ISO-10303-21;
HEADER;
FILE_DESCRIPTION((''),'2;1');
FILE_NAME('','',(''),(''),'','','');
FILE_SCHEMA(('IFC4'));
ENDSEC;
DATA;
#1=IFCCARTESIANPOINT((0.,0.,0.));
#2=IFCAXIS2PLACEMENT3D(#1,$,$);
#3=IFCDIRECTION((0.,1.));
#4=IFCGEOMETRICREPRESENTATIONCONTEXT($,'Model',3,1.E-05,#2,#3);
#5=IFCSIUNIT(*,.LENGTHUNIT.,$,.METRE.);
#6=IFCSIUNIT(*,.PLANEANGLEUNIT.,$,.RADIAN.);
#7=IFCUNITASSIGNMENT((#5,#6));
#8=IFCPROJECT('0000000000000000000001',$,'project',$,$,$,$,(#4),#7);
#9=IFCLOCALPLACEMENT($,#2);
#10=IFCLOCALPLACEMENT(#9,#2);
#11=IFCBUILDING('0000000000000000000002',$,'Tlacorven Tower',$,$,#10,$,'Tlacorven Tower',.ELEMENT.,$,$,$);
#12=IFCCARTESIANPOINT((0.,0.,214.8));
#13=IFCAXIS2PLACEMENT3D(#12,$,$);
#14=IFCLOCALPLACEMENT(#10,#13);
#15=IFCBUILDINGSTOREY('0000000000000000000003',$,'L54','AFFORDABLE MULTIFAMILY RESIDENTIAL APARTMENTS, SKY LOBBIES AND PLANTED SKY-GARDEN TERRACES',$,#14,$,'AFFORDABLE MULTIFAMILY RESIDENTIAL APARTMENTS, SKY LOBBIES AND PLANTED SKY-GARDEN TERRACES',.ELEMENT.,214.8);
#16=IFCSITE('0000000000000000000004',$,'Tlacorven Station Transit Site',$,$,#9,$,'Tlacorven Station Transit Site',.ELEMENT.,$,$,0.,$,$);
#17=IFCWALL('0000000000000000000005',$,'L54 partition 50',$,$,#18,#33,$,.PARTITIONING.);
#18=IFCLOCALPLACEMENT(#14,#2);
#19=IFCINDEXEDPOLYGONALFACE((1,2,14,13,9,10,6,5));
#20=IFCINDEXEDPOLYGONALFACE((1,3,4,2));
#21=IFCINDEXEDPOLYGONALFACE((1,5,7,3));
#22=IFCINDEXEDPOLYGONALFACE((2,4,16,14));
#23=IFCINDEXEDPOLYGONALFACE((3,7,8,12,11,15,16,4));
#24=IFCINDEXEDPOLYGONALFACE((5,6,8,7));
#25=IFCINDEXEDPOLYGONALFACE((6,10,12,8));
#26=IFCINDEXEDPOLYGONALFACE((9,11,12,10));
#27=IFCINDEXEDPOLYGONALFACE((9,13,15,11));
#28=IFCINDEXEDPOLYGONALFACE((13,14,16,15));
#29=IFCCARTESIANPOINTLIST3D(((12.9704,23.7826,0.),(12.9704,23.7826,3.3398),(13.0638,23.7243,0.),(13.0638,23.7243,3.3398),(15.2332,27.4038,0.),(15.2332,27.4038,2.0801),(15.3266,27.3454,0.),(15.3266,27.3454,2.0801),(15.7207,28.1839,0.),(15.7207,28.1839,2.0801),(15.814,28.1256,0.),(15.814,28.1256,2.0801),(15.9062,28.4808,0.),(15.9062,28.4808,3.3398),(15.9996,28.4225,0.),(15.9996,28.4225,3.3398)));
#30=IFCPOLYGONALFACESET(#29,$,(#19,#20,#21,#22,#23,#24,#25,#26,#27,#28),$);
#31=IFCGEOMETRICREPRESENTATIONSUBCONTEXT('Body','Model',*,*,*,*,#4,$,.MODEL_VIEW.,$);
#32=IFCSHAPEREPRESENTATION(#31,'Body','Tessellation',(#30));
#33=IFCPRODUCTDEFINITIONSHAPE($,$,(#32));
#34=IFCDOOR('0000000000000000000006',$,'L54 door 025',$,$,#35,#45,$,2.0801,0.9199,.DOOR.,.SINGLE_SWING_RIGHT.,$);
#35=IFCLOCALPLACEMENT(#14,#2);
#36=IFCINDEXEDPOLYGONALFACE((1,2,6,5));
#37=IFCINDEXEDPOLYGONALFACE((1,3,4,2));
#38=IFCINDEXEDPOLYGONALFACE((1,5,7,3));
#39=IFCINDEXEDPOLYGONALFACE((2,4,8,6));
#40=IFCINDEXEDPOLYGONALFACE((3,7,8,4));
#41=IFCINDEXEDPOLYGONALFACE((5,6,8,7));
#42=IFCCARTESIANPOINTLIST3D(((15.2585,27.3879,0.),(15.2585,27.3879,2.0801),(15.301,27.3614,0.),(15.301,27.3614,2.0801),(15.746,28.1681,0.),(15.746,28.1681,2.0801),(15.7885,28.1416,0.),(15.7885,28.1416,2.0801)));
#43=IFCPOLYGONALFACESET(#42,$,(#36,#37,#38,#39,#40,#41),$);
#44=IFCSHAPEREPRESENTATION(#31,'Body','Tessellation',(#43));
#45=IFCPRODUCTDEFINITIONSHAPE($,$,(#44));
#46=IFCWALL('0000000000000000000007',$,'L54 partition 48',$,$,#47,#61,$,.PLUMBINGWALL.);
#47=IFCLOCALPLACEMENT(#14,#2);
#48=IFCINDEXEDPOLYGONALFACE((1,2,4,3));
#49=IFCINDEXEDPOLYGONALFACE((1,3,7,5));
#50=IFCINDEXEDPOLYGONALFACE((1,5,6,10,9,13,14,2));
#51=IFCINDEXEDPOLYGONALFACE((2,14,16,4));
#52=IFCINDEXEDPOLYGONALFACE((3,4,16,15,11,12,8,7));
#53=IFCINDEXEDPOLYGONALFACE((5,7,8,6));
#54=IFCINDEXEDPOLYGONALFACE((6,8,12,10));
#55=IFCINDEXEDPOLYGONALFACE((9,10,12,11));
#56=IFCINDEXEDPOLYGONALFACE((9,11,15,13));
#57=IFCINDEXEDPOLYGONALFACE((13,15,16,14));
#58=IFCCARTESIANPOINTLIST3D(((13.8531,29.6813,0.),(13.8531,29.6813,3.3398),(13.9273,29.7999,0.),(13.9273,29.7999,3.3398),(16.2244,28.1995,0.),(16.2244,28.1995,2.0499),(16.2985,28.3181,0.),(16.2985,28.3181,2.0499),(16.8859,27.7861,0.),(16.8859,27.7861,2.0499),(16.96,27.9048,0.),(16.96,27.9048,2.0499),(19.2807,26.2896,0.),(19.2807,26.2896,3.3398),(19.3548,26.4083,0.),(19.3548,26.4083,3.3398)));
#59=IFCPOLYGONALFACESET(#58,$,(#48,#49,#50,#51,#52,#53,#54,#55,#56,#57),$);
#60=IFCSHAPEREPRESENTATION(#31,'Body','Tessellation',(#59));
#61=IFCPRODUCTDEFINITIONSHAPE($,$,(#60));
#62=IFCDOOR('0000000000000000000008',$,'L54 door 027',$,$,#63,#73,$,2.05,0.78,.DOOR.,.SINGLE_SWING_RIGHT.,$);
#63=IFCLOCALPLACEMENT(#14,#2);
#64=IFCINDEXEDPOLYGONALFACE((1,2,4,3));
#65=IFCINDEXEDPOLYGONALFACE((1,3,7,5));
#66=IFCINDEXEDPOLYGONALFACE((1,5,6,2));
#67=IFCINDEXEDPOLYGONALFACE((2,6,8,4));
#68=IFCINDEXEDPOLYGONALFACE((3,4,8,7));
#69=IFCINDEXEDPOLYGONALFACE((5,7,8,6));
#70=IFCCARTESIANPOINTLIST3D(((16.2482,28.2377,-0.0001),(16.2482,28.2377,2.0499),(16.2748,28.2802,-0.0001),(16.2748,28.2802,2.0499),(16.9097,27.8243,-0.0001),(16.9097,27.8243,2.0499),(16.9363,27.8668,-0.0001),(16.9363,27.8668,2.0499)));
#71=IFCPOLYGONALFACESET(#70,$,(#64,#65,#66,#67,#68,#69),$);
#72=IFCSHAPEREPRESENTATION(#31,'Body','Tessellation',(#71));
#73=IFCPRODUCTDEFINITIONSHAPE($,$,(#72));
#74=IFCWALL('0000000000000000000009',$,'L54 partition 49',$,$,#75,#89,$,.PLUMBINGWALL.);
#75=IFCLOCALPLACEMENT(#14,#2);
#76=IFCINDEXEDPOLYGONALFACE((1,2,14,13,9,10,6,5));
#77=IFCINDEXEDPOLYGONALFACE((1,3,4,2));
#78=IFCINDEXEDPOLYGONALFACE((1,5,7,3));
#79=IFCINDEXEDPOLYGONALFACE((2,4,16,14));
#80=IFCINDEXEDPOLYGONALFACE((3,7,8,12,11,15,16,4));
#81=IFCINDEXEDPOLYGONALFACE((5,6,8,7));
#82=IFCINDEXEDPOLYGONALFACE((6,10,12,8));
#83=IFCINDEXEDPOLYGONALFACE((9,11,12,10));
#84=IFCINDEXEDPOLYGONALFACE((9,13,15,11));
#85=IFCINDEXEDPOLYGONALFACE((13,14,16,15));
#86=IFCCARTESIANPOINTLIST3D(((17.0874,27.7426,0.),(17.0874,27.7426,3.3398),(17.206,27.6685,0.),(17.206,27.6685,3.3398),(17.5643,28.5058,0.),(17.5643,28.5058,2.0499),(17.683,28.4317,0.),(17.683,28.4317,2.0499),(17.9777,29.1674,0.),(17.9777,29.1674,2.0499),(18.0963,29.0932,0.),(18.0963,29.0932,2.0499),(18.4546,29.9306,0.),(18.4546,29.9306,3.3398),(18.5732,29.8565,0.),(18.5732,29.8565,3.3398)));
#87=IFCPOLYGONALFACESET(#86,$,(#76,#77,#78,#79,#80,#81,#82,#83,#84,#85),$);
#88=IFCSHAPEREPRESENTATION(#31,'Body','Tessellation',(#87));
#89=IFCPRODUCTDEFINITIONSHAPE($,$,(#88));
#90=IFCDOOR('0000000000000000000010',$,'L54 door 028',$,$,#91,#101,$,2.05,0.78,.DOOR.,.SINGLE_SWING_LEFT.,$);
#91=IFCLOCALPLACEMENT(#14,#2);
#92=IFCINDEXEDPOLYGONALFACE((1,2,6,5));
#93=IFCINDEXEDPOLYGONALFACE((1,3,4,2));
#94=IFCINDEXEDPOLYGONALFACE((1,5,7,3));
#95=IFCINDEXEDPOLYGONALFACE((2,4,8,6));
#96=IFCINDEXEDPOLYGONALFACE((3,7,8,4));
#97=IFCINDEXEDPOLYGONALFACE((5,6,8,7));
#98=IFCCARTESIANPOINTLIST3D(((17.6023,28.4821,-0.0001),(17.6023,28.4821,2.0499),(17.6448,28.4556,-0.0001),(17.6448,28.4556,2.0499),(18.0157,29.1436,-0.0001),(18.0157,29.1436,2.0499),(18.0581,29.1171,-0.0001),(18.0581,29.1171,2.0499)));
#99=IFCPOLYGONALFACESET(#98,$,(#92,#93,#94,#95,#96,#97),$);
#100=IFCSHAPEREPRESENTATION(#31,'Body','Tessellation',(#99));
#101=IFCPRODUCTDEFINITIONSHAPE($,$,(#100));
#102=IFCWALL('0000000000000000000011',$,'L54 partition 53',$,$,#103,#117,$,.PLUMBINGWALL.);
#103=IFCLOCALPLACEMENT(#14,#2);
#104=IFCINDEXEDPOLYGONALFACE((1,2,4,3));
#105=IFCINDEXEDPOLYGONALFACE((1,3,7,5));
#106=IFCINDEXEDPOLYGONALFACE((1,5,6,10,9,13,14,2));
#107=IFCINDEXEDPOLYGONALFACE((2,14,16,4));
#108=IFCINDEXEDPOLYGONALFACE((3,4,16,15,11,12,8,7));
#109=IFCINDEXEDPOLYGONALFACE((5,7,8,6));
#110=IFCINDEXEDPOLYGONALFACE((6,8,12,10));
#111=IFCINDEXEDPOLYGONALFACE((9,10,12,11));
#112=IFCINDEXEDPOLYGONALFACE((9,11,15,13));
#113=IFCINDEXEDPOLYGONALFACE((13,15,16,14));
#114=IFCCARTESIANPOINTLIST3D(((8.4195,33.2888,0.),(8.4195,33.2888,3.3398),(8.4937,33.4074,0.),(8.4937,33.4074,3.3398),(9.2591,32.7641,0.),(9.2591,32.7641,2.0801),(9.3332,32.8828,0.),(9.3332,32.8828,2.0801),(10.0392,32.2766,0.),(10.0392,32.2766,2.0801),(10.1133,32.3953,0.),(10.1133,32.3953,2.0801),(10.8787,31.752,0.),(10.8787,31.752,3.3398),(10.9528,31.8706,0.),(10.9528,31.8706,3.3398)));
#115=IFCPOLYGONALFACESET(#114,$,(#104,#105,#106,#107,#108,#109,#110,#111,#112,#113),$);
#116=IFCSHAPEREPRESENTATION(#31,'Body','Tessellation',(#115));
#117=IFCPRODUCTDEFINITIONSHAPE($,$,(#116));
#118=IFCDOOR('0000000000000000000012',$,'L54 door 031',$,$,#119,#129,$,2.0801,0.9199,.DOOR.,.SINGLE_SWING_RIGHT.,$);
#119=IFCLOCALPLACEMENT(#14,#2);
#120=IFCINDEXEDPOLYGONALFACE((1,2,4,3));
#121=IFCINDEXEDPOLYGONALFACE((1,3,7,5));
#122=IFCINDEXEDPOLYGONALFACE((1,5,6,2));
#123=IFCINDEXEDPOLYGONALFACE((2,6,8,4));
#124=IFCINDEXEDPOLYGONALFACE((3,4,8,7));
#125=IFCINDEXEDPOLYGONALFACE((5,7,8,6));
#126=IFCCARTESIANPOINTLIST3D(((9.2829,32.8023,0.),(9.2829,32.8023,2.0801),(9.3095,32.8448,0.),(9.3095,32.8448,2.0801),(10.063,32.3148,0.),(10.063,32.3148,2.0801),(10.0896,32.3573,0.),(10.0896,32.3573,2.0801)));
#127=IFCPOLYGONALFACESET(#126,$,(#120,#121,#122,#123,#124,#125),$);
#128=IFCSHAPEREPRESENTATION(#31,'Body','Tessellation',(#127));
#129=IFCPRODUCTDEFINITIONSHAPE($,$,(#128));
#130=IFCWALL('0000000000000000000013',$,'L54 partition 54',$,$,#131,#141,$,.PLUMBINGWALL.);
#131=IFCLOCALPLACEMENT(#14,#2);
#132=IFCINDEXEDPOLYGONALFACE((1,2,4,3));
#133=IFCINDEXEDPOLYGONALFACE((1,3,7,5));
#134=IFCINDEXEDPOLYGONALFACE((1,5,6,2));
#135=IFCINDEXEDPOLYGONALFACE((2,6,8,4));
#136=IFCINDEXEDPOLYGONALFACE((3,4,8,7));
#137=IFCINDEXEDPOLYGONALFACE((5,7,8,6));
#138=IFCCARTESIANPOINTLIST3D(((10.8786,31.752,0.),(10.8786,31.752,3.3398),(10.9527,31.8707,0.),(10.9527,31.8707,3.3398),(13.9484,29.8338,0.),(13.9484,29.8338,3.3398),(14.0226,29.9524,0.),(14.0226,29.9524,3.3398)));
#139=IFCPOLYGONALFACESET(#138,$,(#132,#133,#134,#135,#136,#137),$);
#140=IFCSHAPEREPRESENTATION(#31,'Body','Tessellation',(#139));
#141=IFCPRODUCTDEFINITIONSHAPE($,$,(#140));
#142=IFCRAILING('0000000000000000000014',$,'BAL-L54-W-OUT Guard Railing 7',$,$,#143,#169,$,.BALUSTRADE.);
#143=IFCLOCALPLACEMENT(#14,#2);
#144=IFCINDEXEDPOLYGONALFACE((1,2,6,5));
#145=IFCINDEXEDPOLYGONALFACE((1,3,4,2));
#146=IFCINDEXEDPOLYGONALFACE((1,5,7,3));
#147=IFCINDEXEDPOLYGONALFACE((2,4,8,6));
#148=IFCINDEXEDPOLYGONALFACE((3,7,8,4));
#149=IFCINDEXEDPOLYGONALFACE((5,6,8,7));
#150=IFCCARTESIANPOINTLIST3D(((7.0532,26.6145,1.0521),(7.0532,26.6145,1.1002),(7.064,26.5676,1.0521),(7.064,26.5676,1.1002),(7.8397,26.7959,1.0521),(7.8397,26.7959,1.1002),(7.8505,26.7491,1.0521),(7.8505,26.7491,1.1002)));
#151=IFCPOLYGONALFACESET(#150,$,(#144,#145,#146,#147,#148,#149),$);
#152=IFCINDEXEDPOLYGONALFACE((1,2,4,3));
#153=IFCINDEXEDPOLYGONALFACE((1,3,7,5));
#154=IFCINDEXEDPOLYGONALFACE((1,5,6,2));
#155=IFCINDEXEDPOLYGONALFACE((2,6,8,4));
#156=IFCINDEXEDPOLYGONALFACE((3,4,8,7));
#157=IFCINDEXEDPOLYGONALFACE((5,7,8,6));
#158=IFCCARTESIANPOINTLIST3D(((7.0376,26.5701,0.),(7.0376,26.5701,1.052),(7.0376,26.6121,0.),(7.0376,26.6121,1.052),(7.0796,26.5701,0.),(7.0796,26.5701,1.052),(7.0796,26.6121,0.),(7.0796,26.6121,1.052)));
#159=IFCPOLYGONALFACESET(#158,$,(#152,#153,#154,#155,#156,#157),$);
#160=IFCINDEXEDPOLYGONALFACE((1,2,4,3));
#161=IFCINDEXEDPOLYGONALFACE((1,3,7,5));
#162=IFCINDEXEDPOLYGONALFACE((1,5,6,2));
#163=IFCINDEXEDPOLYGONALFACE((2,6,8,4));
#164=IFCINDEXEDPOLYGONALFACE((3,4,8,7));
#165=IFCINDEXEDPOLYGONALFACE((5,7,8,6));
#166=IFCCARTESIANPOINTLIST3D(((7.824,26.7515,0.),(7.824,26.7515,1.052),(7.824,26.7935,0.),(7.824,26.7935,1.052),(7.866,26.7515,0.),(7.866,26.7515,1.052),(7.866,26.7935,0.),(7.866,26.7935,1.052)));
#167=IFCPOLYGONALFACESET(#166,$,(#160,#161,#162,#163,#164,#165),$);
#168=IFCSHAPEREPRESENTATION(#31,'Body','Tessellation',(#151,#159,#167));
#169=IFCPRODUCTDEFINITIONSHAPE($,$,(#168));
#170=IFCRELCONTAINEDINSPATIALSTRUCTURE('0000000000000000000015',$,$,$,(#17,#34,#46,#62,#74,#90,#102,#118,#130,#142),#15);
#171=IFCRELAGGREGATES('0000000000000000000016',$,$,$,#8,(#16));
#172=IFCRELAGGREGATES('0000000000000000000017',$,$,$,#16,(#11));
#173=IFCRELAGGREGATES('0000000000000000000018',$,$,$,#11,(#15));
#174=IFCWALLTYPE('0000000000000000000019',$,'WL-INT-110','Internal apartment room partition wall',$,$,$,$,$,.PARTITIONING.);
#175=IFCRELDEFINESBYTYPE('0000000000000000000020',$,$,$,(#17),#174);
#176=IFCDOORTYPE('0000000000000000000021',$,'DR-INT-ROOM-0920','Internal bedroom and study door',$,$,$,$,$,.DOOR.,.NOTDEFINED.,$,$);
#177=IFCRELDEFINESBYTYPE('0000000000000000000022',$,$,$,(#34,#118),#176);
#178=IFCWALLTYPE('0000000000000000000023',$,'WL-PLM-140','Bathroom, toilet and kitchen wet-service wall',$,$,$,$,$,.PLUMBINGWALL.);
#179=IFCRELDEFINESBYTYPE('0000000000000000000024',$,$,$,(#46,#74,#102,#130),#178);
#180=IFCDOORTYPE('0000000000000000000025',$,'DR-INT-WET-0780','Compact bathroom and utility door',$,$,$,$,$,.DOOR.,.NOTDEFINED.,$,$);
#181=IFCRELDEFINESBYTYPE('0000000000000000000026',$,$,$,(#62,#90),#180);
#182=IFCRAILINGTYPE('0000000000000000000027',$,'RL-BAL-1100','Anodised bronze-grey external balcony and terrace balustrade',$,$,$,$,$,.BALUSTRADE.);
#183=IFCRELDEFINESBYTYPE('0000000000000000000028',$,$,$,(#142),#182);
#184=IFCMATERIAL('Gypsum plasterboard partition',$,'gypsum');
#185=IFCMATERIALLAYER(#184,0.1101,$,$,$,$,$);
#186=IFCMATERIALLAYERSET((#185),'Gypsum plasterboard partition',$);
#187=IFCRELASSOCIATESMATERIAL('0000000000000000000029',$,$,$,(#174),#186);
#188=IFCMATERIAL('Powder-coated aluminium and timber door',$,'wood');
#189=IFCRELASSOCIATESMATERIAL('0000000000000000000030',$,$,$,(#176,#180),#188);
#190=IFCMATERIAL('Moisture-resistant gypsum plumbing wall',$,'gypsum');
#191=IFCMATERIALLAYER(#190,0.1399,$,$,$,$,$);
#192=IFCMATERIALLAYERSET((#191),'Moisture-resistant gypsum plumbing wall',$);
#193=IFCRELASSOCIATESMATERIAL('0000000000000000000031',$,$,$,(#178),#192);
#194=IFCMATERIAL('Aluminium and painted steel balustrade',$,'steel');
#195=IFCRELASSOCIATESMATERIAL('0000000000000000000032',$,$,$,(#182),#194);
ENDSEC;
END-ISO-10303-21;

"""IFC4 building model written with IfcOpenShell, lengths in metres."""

from ifc_helpers import new_model, si_unit, direction, frame, frame_2d, origin, origin_2d, place, context, subcontext, project, spatial, rectangle, extrude, source, transform, mapped, material, layer, layer_set, type_object, element, fill, save


model = new_model("IFC4")

# Units and contexts
model_context = context("Model", 3, precision=1e-05, world=origin(), true_north=direction((0.0, 1.0)))
body_context = subcontext(model_context, "Body", "Model", "MODEL_VIEW")
ifc_project = project(units=[si_unit("LENGTHUNIT", "METRE"), si_unit("PLANEANGLEUNIT", "RADIAN")], contexts=[model_context])

# Site, building, storey
site_placement = place(None, origin())
site = spatial("IfcSite", under=ifc_project, at=site_placement, Name="Tlacorven Station Transit Site", LongName="Tlacorven Station Transit Site", CompositionType="ELEMENT", RefElevation=0.0)
building_placement = place(site_placement, origin())
building = spatial("IfcBuilding", under=site, at=building_placement, Name="Tlacorven Tower", LongName="Tlacorven Tower", CompositionType="ELEMENT")
storey_placement = place(building_placement, frame((0.0, 0.0, 214.8)))
storey = spatial("IfcBuildingStorey", under=building, at=storey_placement, Name="L54", Description="AFFORDABLE MULTIFAMILY RESIDENTIAL APARTMENTS, SKY LOBBIES AND PLANTED SKY-GARDEN TERRACES", LongName="AFFORDABLE MULTIFAMILY RESIDENTIAL APARTMENTS, SKY LOBBIES AND PLANTED SKY-GARDEN TERRACES", CompositionType="ELEMENT", Elevation=214.8)

# Walls, openings, doors
ifc_material_1 = material(Name="Gypsum plasterboard partition", Category="gypsum")
ifc_layer_1 = layer(ifc_material_1, 0.1101)
ifc_layer_set_1 = layer_set([ifc_layer_1], Name="Gypsum plasterboard partition")
wall_type_1 = type_object("IfcWallType", Name="WL-INT-110", Description="Internal apartment room partition wall", PredefinedType="PARTITIONING", material=ifc_layer_set_1)
wall_1_placement = place(storey_placement, frame((15.9529, 28.4517, 0.0), z_axis=(0.0, 0.0, 1.0), x_axis=(-0.52992, -0.848048, 0.0)))
wall_1 = element("IfcWall", 1, at=wall_1_placement, inside=storey, type_object=wall_type_1, Name="L54 partition 50", PredefinedType="PARTITIONING", context=body_context, shape_type="SweptSolid", body=[
    extrude(rectangle(XDim=5.54, YDim=0.1101, at=frame_2d((2.77, 0.0))), origin(), (0.0, 0.0, 1.0), 3.3398),
])
opening_1_placement = place(wall_1_placement, frame((0.3501, 0.0, 0.0)))
opening_1 = element("IfcOpeningElement", 2, at=opening_1_placement, cuts=wall_1, PredefinedType="OPENING", context=body_context, shape_type="SweptSolid", body=[
    extrude(rectangle(XDim=0.9199, YDim=2.0801, at=frame_2d((0.46, 1.04))), frame((0.0, 0.0649, 0.0), z_axis=(0.0, -1.0, 0.0), x_axis=(1.0, 0.0, 0.0)), (0.0, 0.0, 1.0), 0.1301),
])
ifc_material_2 = material(Name="Powder-coated aluminium and timber door", Category="wood")
door_type_1 = type_object("IfcDoorType", Name="DR-INT-ROOM-0920", Description="Internal bedroom and study door", OperationType="NOTDEFINED", PredefinedType="DOOR", material=ifc_material_2)
shared_shape_1 = source(origin(), body_context, "Body", "SweptSolid", [
    extrude(rectangle(XDim=0.9199, YDim=2.0801, at=frame_2d((0.46, 1.04))), frame((0.0, 0.0249, 0.0), z_axis=(0.0, -1.0, 0.0), x_axis=(1.0, 0.0, 0.0)), (0.0, 0.0, 1.0), 0.05),
])
door_1_placement = place(opening_1_placement, origin())
door_1 = element("IfcDoor", 3, at=door_1_placement, inside=storey, type_object=door_type_1, Name="L54 door 025", OperationType="SINGLE_SWING_RIGHT", OverallHeight=2.0801, OverallWidth=0.9199, PredefinedType="DOOR", context=body_context, shape_type="MappedRepresentation", body=[
    mapped(shared_shape_1, transform((0.0, 0.0, 0.0), scale=1.0)),
])
fill(opening_1, door_1)
ifc_material_3 = material(Name="Moisture-resistant gypsum plumbing wall", Category="gypsum")
ifc_layer_2 = layer(ifc_material_3, 0.1399)
ifc_layer_set_2 = layer_set([ifc_layer_2], Name="Moisture-resistant gypsum plumbing wall")
wall_type_2 = type_object("IfcWallType", Name="WL-PLM-140", Description="Bathroom, toilet and kitchen wet-service wall", PredefinedType="PLUMBINGWALL", material=ifc_layer_set_2)
wall_2_placement = place(storey_placement, frame((19.3179, 26.3489, 0.0), z_axis=(0.0, 0.0, 1.0), x_axis=(-0.848039, 0.529934, 0.0)))
wall_2 = element("IfcWall", 4, at=wall_2_placement, inside=storey, type_object=wall_type_2, Name="L54 partition 48", PredefinedType="PLUMBINGWALL", context=body_context, shape_type="SweptSolid", body=[
    extrude(rectangle(XDim=6.4001, YDim=0.1399, at=frame_2d((3.2002, 0.0))), origin(), (0.0, 0.0, 1.0), 3.3398),
])
opening_2_placement = place(wall_2_placement, frame((2.824, 0.0, 0.0)))
opening_2 = element("IfcOpeningElement", 5, at=opening_2_placement, cuts=wall_2, PredefinedType="OPENING", context=body_context, shape_type="SweptSolid", body=[
    extrude(rectangle(XDim=0.78, YDim=2.05, at=frame_2d((0.3901, 1.0249))), frame((0.0, 0.0801, 0.0), z_axis=(0.0, -1.0, 0.0), x_axis=(1.0, 0.0, 0.0)), (0.0, 0.0, 1.0), 0.1599),
])
door_type_2 = type_object("IfcDoorType", Name="DR-INT-WET-0780", Description="Compact bathroom and utility door", OperationType="NOTDEFINED", PredefinedType="DOOR", material=ifc_material_2)
shared_shape_2 = source(origin(), body_context, "Body", "SweptSolid", [
    extrude(rectangle(XDim=0.78, YDim=2.05, at=frame_2d((0.3901, 1.0249))), frame((0.0, 0.0249, 0.0), z_axis=(0.0, -1.0, 0.0), x_axis=(1.0, 0.0, 0.0)), (0.0, 0.0, 1.0), 0.05),
])
door_2_placement = place(opening_2_placement, origin())
door_2 = element("IfcDoor", 6, at=door_2_placement, inside=storey, type_object=door_type_2, Name="L54 door 027", OperationType="SINGLE_SWING_RIGHT", OverallHeight=2.05, OverallWidth=0.78, PredefinedType="DOOR", context=body_context, shape_type="MappedRepresentation", body=[
    mapped(shared_shape_2, transform((0.0, 0.0, 0.0), scale=1.0)),
])
fill(opening_2, door_2)
wall_3_placement = place(storey_placement, frame((18.5139, 29.8936, 0.0), z_axis=(0.0, 0.0, 1.0), x_axis=(-0.529914, -0.848051, 0.0)))
wall_3 = element("IfcWall", 7, at=wall_3_placement, inside=storey, type_object=wall_type_2, Name="L54 partition 49", PredefinedType="PLUMBINGWALL", context=body_context, shape_type="SweptSolid", body=[
    extrude(rectangle(XDim=2.5801, YDim=0.1399, at=frame_2d((1.29, 0.0))), origin(), (0.0, 0.0, 1.0), 3.3398),
])
opening_3_placement = place(wall_3_placement, frame((0.8999, 0.0, 0.0)))
opening_3 = element("IfcOpeningElement", 8, at=opening_3_placement, cuts=wall_3, PredefinedType="OPENING", context=body_context, shape_type="SweptSolid", body=[
    extrude(rectangle(XDim=0.78, YDim=2.05, at=frame_2d((0.3901, 1.0249))), frame((0.0, 0.0801, 0.0), z_axis=(0.0, -1.0, 0.0), x_axis=(1.0, 0.0, 0.0)), (0.0, 0.0, 1.0), 0.1599),
])
door_3_placement = place(opening_3_placement, origin())
door_3 = element("IfcDoor", 9, at=door_3_placement, inside=storey, type_object=door_type_2, Name="L54 door 028", OperationType="SINGLE_SWING_LEFT", OverallHeight=2.05, OverallWidth=0.78, PredefinedType="DOOR", context=body_context, shape_type="MappedRepresentation", body=[
    mapped(shared_shape_2, transform((0.0, 0.0, 0.0), scale=1.0)),
])
fill(opening_3, door_3)
wall_4_placement = place(storey_placement, frame((10.9158, 31.8113, 0.0), z_axis=(0.0, 0.0, 1.0), x_axis=(-0.848022, 0.529961, 0.0)))
wall_4 = element("IfcWall", 10, at=wall_4_placement, inside=storey, type_object=wall_type_2, Name="L54 partition 53", PredefinedType="PLUMBINGWALL", context=body_context, shape_type="SweptSolid", body=[
    extrude(rectangle(XDim=2.8999, YDim=0.1399, at=frame_2d((1.45, 0.0))), origin(), (0.0, 0.0, 1.0), 3.3398),
])
opening_4_placement = place(wall_4_placement, frame((0.99, 0.0, 0.0)))
opening_4 = element("IfcOpeningElement", 11, at=opening_4_placement, cuts=wall_4, PredefinedType="OPENING", context=body_context, shape_type="SweptSolid", body=[
    extrude(rectangle(XDim=0.9199, YDim=2.0801, at=frame_2d((0.46, 1.04))), frame((0.0, 0.0801, 0.0), z_axis=(0.0, -1.0, 0.0), x_axis=(1.0, 0.0, 0.0)), (0.0, 0.0, 1.0), 0.1599),
])
door_4_placement = place(opening_4_placement, origin())
door_4 = element("IfcDoor", 12, at=door_4_placement, inside=storey, type_object=door_type_1, Name="L54 door 031", OperationType="SINGLE_SWING_RIGHT", OverallHeight=2.0801, OverallWidth=0.9199, PredefinedType="DOOR", context=body_context, shape_type="MappedRepresentation", body=[
    mapped(shared_shape_1, transform((0.0, 0.0, 0.0), scale=1.0)),
])
fill(opening_4, door_4)

# Wall
wall_5_placement = place(storey_placement, frame((13.9856, 29.8931, 0.0), z_axis=(0.0, 0.0, 1.0), x_axis=(-0.848051, 0.529914, 0.0)))
element("IfcWall", 13, at=wall_5_placement, inside=storey, type_object=wall_type_2, Name="L54 partition 54", PredefinedType="PLUMBINGWALL", context=body_context, shape_type="SweptSolid", body=[
    extrude(rectangle(XDim=3.6199, YDim=0.1399, at=frame_2d((1.8101, 0.0))), origin(), (0.0, 0.0, 1.0), 3.3398),
])

# Railing
ifc_material_4 = material(Name="Aluminium and painted steel balustrade", Category="steel")
railing_type = type_object("IfcRailingType", Name="RL-BAL-1100", Description="Anodised bronze-grey external balcony and terrace balustrade", PredefinedType="BALUSTRADE", material=ifc_material_4)
shared_shape_3 = source(origin(), body_context, "Body", "SweptSolid", [
    extrude(rectangle(XDim=0.0481, YDim=0.0481, at=origin_2d()), frame((0.0, 0.0, 1.0762), z_axis=(0.974412, 0.224771, 0.0), x_axis=(-0.224771, 0.974412, 0.0)), (0.0, 0.0, 1.0), 0.8071),
    extrude(rectangle(XDim=0.042, YDim=0.042, at=origin_2d()), origin(), (0.0, 0.0, 1.0), 1.052),
    extrude(rectangle(XDim=0.042, YDim=0.042, at=origin_2d()), frame((0.7864, 0.1814, 0.0)), (0.0, 0.0, 1.0), 1.052),
])
railing_1_placement = place(storey_placement, frame((7.0586, 26.5911, 0.0)))
element("IfcRailing", 14, at=railing_1_placement, inside=storey, type_object=railing_type, Name="BAL-L54-W-OUT Guard Railing 7", PredefinedType="BALUSTRADE", context=body_context, shape_type="MappedRepresentation", body=[
    mapped(shared_shape_3, transform((0.0, 0.0, 0.0), scale=1.0)),
])

save(model, "model.ifc")
